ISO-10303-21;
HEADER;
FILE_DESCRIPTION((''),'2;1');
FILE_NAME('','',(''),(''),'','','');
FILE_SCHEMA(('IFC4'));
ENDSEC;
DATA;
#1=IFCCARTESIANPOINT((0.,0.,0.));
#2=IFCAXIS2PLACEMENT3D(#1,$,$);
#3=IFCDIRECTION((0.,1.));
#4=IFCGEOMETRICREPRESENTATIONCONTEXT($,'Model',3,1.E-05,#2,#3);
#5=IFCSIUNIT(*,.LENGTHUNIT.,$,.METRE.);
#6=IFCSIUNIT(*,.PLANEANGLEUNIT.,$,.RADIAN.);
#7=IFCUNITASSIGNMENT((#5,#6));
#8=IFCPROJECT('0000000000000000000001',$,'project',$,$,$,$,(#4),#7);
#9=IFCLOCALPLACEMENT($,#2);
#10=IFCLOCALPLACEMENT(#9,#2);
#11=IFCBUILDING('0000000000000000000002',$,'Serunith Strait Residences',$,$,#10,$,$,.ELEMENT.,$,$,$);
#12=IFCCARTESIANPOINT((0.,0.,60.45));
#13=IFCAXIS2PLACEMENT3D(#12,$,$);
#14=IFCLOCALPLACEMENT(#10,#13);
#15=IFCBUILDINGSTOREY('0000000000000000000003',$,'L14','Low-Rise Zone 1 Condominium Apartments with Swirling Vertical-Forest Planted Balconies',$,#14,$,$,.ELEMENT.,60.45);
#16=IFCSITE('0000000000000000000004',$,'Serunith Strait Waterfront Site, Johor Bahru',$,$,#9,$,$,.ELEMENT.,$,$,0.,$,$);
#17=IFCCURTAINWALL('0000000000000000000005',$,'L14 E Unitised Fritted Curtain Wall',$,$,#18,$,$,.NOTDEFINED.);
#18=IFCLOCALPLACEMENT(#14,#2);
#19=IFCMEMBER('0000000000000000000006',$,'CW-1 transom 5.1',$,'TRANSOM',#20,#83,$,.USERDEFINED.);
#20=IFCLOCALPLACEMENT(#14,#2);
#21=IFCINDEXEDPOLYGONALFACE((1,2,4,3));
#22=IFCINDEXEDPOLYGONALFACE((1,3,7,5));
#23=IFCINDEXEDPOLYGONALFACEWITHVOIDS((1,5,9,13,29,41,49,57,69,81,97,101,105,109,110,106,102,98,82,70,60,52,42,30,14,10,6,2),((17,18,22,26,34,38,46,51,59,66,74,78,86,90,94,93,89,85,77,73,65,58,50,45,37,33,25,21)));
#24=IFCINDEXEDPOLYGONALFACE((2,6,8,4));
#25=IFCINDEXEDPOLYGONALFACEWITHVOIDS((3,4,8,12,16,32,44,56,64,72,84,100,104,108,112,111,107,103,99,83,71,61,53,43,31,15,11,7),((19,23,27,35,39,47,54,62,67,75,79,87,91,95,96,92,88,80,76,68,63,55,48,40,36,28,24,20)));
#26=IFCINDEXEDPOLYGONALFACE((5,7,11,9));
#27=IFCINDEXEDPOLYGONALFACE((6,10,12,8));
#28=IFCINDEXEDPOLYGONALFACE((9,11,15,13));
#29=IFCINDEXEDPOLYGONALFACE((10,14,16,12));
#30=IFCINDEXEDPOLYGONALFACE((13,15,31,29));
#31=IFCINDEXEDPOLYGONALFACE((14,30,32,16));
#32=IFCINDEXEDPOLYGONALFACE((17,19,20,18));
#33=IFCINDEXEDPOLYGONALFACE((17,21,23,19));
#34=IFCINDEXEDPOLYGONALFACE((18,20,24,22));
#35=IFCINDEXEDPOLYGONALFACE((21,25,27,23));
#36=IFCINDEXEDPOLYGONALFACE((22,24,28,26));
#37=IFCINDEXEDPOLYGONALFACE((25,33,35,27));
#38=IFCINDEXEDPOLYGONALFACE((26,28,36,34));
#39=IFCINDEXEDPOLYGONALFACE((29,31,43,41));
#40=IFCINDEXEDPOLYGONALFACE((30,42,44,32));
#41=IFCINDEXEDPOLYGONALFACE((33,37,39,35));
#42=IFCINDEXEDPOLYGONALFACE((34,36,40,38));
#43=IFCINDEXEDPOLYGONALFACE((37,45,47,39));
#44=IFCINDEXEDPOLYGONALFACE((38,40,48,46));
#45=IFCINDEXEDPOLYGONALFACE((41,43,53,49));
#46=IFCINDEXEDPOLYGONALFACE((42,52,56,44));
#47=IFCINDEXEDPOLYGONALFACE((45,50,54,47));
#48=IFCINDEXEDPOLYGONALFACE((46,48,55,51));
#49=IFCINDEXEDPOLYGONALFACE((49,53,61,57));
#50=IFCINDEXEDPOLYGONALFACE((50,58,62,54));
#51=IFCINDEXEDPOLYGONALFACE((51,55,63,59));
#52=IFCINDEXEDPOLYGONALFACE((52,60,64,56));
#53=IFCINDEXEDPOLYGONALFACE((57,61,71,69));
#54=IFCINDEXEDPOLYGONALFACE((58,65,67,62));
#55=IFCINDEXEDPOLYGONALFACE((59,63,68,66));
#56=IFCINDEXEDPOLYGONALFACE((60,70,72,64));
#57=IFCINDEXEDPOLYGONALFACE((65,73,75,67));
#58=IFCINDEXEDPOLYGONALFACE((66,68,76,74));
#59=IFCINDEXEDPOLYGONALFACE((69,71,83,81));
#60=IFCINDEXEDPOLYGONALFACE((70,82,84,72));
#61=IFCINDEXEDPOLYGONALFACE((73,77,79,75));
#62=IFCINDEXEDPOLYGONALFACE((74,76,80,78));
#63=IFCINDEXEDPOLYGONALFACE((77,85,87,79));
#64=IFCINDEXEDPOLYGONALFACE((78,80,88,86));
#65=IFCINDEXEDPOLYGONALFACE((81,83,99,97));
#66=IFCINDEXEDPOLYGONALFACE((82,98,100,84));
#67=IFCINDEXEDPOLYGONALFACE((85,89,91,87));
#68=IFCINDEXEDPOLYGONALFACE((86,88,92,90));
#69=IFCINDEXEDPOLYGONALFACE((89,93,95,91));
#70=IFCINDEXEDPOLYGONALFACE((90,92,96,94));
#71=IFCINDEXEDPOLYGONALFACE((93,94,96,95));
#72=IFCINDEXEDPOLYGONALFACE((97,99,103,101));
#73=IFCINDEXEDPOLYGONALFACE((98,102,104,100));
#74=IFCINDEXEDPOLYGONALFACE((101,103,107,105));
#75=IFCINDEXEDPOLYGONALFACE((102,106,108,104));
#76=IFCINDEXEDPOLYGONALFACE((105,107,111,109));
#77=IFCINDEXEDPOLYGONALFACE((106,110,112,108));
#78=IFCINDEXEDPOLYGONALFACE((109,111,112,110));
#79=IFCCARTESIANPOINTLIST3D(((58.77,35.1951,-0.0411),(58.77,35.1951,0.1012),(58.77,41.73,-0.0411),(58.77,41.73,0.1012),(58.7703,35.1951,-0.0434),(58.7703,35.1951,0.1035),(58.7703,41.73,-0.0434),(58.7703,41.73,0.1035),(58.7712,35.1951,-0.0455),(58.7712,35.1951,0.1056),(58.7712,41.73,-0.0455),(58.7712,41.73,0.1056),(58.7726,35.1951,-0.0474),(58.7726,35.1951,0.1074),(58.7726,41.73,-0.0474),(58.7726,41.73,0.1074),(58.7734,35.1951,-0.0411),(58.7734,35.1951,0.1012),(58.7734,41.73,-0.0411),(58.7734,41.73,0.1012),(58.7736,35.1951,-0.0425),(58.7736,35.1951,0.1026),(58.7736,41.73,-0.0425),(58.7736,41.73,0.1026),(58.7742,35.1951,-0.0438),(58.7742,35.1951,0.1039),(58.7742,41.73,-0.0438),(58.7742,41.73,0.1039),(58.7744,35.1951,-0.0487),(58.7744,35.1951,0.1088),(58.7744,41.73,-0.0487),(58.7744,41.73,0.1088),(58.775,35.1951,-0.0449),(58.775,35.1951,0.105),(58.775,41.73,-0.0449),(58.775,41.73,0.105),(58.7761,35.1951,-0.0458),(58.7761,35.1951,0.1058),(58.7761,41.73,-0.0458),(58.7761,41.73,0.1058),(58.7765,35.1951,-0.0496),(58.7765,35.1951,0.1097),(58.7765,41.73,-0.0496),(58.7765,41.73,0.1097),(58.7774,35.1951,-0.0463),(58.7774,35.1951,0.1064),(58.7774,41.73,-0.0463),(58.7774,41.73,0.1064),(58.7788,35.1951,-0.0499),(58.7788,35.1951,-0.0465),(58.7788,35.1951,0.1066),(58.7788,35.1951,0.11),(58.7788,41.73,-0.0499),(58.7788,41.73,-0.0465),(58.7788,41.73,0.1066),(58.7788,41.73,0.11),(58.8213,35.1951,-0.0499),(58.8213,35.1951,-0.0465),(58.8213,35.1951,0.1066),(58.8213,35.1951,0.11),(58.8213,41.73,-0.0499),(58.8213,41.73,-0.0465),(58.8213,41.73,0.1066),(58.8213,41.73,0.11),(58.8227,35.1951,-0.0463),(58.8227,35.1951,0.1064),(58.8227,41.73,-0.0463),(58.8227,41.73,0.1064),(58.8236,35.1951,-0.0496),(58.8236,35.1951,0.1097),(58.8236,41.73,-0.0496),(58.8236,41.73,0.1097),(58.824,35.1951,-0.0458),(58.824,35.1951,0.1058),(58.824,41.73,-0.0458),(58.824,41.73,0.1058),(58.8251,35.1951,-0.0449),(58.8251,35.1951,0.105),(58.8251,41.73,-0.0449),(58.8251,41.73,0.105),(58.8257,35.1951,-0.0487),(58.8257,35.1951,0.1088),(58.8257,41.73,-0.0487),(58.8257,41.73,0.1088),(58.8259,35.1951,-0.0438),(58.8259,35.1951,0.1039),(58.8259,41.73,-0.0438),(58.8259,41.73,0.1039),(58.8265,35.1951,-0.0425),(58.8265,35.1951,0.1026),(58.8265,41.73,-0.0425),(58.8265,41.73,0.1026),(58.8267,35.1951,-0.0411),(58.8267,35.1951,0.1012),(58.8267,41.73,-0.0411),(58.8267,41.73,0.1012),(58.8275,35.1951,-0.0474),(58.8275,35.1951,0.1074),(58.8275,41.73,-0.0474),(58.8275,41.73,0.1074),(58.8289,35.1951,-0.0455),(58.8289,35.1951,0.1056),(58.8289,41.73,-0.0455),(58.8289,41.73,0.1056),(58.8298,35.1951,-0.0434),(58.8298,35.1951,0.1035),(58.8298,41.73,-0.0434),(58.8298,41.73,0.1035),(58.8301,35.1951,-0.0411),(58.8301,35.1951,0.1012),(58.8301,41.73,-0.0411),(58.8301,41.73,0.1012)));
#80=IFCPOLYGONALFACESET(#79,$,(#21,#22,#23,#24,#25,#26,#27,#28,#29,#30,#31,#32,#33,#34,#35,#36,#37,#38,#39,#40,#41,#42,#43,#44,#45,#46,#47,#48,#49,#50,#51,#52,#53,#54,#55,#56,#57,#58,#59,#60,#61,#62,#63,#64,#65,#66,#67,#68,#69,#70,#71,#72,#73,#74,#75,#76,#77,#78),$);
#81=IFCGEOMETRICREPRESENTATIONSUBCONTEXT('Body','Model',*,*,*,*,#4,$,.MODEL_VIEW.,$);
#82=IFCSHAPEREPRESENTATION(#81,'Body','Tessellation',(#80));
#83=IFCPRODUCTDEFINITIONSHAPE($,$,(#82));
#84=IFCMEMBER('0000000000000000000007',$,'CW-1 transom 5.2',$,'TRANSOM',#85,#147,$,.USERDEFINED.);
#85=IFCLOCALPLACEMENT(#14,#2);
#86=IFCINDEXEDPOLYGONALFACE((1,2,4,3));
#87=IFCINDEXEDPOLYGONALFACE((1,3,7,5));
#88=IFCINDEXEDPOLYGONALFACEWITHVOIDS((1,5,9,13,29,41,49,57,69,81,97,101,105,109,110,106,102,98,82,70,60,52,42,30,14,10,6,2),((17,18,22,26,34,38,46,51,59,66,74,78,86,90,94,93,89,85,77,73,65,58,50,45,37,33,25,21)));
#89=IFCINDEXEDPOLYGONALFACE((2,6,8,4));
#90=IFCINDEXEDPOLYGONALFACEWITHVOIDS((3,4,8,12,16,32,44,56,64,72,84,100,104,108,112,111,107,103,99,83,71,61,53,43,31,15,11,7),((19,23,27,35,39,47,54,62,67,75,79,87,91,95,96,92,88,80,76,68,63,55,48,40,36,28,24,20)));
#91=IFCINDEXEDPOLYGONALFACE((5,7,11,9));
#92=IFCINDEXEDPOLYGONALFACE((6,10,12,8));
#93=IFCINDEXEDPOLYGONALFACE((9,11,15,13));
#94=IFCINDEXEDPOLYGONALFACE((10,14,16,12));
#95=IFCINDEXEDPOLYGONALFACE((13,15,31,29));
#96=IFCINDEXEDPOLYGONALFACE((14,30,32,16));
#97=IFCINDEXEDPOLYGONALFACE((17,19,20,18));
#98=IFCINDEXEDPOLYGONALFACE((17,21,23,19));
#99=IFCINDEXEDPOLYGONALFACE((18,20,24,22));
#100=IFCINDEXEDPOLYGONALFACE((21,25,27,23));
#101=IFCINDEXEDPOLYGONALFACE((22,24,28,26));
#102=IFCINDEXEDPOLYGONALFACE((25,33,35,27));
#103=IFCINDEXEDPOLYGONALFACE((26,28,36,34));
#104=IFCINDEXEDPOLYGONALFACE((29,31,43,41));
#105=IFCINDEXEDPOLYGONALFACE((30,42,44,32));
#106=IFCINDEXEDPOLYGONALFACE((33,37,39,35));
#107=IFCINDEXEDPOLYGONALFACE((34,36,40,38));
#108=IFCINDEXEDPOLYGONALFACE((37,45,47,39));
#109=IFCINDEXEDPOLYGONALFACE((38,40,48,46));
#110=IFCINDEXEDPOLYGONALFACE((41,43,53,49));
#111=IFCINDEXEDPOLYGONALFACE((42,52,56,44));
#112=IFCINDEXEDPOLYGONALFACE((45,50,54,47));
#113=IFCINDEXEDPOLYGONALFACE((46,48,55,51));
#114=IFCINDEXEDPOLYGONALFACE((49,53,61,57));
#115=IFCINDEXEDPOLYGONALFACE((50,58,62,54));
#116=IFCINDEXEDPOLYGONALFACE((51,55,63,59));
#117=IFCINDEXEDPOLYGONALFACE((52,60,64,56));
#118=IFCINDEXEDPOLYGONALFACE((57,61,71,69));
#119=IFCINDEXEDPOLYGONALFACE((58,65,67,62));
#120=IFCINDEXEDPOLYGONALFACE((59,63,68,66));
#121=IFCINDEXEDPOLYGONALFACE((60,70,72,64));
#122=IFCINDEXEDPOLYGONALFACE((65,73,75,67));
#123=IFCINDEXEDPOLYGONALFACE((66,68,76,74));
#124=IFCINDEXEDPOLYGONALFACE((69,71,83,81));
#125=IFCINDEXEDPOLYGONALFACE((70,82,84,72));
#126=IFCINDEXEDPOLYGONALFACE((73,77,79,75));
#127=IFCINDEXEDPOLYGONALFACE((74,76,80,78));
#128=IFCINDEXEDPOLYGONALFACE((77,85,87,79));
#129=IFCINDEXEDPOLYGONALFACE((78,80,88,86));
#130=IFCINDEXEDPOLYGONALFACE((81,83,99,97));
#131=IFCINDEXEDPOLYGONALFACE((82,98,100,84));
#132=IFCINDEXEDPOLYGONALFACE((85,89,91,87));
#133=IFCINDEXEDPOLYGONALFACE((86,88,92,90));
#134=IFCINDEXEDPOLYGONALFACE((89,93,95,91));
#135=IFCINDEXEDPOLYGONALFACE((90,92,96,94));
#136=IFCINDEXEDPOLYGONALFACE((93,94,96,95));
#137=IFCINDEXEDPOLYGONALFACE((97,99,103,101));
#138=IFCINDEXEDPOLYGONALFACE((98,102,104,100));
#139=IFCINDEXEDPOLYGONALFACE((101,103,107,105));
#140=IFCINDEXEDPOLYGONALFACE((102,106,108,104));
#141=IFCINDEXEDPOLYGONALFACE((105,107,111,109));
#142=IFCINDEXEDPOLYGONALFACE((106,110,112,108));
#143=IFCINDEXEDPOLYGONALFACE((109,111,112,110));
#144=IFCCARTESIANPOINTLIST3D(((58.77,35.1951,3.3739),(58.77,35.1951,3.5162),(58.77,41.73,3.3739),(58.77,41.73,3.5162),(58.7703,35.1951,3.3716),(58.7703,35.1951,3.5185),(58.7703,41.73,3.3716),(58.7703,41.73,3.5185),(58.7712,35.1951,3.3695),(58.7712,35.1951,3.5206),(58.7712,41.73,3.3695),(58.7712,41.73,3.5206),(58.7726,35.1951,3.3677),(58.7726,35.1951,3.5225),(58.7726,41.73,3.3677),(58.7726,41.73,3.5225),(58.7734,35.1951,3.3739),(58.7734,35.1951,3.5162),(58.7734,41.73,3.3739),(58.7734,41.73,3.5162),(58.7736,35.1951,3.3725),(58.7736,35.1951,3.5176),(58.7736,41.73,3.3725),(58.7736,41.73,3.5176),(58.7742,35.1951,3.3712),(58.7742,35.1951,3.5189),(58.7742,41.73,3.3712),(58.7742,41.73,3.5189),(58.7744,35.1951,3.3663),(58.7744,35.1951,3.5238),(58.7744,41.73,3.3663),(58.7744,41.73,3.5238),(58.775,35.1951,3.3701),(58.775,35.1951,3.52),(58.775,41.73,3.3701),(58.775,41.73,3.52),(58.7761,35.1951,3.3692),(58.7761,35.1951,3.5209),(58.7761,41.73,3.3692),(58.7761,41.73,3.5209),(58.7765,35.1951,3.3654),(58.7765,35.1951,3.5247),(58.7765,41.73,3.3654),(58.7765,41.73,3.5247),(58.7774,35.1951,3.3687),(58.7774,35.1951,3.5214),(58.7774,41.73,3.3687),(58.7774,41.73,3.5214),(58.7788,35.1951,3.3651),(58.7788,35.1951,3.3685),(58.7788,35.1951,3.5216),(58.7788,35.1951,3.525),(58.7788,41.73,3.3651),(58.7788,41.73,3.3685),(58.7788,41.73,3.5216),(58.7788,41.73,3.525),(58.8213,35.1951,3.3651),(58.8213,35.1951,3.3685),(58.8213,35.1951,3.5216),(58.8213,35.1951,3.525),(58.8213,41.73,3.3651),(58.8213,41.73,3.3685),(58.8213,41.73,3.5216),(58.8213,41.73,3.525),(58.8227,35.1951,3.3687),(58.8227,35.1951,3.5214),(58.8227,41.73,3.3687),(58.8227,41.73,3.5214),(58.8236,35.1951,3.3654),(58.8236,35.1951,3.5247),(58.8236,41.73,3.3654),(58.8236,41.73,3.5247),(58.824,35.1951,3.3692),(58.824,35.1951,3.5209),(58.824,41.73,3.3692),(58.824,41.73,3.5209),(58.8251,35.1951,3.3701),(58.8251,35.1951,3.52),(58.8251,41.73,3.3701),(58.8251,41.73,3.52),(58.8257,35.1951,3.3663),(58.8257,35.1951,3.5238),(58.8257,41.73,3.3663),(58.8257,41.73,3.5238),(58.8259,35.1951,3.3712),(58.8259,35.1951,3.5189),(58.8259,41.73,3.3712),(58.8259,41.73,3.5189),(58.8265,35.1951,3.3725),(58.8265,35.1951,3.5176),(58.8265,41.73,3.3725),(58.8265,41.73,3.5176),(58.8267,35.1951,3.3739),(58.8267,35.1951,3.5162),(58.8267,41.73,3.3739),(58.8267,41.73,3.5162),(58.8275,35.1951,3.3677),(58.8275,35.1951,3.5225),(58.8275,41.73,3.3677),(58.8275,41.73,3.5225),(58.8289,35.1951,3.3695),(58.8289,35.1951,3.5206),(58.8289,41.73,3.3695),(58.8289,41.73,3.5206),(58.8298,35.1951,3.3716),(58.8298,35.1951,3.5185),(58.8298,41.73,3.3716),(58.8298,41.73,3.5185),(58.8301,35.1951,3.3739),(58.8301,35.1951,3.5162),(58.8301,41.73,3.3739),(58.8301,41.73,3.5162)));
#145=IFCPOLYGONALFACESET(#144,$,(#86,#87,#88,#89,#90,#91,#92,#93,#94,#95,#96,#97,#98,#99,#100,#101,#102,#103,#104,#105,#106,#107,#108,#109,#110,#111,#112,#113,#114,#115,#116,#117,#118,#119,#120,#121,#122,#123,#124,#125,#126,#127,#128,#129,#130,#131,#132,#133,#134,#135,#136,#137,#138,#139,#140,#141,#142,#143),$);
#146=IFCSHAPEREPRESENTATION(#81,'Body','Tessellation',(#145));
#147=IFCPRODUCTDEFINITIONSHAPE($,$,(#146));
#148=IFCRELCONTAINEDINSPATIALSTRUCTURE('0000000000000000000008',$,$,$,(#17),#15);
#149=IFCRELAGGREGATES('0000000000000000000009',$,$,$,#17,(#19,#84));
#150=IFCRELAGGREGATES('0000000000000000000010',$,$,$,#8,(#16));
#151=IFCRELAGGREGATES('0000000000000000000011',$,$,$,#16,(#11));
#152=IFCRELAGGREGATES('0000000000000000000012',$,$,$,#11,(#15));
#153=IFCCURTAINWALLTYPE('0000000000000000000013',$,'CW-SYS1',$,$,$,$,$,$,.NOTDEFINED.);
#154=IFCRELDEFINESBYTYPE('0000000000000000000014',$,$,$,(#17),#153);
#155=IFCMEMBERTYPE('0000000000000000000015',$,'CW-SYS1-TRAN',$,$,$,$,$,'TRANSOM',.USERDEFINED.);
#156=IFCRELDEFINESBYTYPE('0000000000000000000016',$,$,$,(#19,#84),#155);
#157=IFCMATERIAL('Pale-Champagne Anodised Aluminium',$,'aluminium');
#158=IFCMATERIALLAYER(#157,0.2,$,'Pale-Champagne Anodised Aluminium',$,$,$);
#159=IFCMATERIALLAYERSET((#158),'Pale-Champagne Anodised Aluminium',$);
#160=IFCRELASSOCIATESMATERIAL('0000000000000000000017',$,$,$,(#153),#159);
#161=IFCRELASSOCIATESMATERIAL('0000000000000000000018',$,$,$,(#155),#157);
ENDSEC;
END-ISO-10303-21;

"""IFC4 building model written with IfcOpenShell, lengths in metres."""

from ifc_helpers import new_model, si_unit, direction, frame, origin, origin_2d, place, context, subcontext, project, spatial, hollow_rectangle, extrude, source, transform, mapped, material, layer, layer_set, material_profile, profile_set, type_object, element, aggregate, save


model = new_model("IFC4")

# Units and contexts
model_context = context("Model", 3, precision=1e-05, world=origin(), true_north=direction((0.0, 1.0)))
body_context = subcontext(model_context, "Body", "Model", "MODEL_VIEW")
ifc_project = project(units=[si_unit("LENGTHUNIT", "METRE"), si_unit("PLANEANGLEUNIT", "RADIAN")], contexts=[model_context])

# Site, building, storey
site_placement = place(None, origin())
site = spatial("IfcSite", under=ifc_project, at=site_placement, Name="Serunith Strait Waterfront Site, Johor Bahru", CompositionType="ELEMENT", RefElevation=0.0)
building_placement = place(site_placement, origin())
building = spatial("IfcBuilding", under=site, at=building_placement, Name="Serunith Strait Residences", CompositionType="ELEMENT")
storey_placement = place(building_placement, frame((0.0, 0.0, 60.45)))
storey = spatial("IfcBuildingStorey", under=building, at=storey_placement, Name="L14", Description="Low-Rise Zone 1 Condominium Apartments with Swirling Vertical-Forest Planted Balconies", CompositionType="ELEMENT", Elevation=60.45)

# Curtain wall, members
ifc_material_1 = material(Name="Pale-Champagne Anodised Aluminium", Category="aluminium")
ifc_layer_1 = layer(ifc_material_1, 0.2, Name="Pale-Champagne Anodised Aluminium")
ifc_layer_set_1 = layer_set([ifc_layer_1], Name="Pale-Champagne Anodised Aluminium")
curtain_wall_type = type_object("IfcCurtainWallType", Name="CW-SYS1", PredefinedType="NOTDEFINED", material=ifc_layer_set_1)
curtain_wall_placement = place(storey_placement, origin())
curtain_wall = element("IfcCurtainWall", 1, at=curtain_wall_placement, inside=storey, type_object=curtain_wall_type, Name="L14 E Unitised Fritted Curtain Wall", PredefinedType="NOTDEFINED")
ifc_material_profile_1 = material_profile(ifc_material_1, hollow_rectangle(XDim=0.0601, YDim=0.1599, WallThickness=0.0034, InnerFilletRadius=0.0054, OuterFilletRadius=0.0088, at=origin_2d()), Name="ALU 160x60x3.5")
ifc_profile_set_1 = profile_set([ifc_material_profile_1], Name="Pale-Champagne Anodised Aluminium")
member_type_1 = type_object("IfcMemberType", Name="CW-SYS1-TRAN", ElementType="TRANSOM", PredefinedType="USERDEFINED", material=ifc_profile_set_1)
shared_shape_1 = source(origin(), body_context, "Body", "SweptSolid", [
    extrude(hollow_rectangle(XDim=0.0601, YDim=0.1599, WallThickness=0.0034, InnerFilletRadius=0.0054, OuterFilletRadius=0.0088, at=origin_2d()), origin(), (0.0, 0.0, 1.0), 6.5349),
])
member_1_placement = place(storey_placement, frame((58.8, 35.1951, 0.03), z_axis=(0.0, 1.0, 0.0), x_axis=(-1.0, 0.0, 0.0)))
member_1 = element("IfcMember", 2, at=member_1_placement, type_object=member_type_1, Name="CW-1 transom 5.1", ObjectType="TRANSOM", PredefinedType="USERDEFINED", context=body_context, shape_type="MappedRepresentation", body=[
    mapped(shared_shape_1, transform((0.0, 0.0, 0.0), scale=1.0)),
])
member_2_placement = place(storey_placement, frame((58.8, 35.1951, 3.4451), z_axis=(0.0, 1.0, 0.0), x_axis=(-1.0, 0.0, 0.0)))
member_2 = element("IfcMember", 3, at=member_2_placement, type_object=member_type_1, Name="CW-1 transom 5.2", ObjectType="TRANSOM", PredefinedType="USERDEFINED", context=body_context, shape_type="MappedRepresentation", body=[
    mapped(shared_shape_1, transform((0.0, 0.0, 0.0), scale=1.0)),
])
aggregate(curtain_wall, [member_1, member_2])

save(model, "model.ifc")
